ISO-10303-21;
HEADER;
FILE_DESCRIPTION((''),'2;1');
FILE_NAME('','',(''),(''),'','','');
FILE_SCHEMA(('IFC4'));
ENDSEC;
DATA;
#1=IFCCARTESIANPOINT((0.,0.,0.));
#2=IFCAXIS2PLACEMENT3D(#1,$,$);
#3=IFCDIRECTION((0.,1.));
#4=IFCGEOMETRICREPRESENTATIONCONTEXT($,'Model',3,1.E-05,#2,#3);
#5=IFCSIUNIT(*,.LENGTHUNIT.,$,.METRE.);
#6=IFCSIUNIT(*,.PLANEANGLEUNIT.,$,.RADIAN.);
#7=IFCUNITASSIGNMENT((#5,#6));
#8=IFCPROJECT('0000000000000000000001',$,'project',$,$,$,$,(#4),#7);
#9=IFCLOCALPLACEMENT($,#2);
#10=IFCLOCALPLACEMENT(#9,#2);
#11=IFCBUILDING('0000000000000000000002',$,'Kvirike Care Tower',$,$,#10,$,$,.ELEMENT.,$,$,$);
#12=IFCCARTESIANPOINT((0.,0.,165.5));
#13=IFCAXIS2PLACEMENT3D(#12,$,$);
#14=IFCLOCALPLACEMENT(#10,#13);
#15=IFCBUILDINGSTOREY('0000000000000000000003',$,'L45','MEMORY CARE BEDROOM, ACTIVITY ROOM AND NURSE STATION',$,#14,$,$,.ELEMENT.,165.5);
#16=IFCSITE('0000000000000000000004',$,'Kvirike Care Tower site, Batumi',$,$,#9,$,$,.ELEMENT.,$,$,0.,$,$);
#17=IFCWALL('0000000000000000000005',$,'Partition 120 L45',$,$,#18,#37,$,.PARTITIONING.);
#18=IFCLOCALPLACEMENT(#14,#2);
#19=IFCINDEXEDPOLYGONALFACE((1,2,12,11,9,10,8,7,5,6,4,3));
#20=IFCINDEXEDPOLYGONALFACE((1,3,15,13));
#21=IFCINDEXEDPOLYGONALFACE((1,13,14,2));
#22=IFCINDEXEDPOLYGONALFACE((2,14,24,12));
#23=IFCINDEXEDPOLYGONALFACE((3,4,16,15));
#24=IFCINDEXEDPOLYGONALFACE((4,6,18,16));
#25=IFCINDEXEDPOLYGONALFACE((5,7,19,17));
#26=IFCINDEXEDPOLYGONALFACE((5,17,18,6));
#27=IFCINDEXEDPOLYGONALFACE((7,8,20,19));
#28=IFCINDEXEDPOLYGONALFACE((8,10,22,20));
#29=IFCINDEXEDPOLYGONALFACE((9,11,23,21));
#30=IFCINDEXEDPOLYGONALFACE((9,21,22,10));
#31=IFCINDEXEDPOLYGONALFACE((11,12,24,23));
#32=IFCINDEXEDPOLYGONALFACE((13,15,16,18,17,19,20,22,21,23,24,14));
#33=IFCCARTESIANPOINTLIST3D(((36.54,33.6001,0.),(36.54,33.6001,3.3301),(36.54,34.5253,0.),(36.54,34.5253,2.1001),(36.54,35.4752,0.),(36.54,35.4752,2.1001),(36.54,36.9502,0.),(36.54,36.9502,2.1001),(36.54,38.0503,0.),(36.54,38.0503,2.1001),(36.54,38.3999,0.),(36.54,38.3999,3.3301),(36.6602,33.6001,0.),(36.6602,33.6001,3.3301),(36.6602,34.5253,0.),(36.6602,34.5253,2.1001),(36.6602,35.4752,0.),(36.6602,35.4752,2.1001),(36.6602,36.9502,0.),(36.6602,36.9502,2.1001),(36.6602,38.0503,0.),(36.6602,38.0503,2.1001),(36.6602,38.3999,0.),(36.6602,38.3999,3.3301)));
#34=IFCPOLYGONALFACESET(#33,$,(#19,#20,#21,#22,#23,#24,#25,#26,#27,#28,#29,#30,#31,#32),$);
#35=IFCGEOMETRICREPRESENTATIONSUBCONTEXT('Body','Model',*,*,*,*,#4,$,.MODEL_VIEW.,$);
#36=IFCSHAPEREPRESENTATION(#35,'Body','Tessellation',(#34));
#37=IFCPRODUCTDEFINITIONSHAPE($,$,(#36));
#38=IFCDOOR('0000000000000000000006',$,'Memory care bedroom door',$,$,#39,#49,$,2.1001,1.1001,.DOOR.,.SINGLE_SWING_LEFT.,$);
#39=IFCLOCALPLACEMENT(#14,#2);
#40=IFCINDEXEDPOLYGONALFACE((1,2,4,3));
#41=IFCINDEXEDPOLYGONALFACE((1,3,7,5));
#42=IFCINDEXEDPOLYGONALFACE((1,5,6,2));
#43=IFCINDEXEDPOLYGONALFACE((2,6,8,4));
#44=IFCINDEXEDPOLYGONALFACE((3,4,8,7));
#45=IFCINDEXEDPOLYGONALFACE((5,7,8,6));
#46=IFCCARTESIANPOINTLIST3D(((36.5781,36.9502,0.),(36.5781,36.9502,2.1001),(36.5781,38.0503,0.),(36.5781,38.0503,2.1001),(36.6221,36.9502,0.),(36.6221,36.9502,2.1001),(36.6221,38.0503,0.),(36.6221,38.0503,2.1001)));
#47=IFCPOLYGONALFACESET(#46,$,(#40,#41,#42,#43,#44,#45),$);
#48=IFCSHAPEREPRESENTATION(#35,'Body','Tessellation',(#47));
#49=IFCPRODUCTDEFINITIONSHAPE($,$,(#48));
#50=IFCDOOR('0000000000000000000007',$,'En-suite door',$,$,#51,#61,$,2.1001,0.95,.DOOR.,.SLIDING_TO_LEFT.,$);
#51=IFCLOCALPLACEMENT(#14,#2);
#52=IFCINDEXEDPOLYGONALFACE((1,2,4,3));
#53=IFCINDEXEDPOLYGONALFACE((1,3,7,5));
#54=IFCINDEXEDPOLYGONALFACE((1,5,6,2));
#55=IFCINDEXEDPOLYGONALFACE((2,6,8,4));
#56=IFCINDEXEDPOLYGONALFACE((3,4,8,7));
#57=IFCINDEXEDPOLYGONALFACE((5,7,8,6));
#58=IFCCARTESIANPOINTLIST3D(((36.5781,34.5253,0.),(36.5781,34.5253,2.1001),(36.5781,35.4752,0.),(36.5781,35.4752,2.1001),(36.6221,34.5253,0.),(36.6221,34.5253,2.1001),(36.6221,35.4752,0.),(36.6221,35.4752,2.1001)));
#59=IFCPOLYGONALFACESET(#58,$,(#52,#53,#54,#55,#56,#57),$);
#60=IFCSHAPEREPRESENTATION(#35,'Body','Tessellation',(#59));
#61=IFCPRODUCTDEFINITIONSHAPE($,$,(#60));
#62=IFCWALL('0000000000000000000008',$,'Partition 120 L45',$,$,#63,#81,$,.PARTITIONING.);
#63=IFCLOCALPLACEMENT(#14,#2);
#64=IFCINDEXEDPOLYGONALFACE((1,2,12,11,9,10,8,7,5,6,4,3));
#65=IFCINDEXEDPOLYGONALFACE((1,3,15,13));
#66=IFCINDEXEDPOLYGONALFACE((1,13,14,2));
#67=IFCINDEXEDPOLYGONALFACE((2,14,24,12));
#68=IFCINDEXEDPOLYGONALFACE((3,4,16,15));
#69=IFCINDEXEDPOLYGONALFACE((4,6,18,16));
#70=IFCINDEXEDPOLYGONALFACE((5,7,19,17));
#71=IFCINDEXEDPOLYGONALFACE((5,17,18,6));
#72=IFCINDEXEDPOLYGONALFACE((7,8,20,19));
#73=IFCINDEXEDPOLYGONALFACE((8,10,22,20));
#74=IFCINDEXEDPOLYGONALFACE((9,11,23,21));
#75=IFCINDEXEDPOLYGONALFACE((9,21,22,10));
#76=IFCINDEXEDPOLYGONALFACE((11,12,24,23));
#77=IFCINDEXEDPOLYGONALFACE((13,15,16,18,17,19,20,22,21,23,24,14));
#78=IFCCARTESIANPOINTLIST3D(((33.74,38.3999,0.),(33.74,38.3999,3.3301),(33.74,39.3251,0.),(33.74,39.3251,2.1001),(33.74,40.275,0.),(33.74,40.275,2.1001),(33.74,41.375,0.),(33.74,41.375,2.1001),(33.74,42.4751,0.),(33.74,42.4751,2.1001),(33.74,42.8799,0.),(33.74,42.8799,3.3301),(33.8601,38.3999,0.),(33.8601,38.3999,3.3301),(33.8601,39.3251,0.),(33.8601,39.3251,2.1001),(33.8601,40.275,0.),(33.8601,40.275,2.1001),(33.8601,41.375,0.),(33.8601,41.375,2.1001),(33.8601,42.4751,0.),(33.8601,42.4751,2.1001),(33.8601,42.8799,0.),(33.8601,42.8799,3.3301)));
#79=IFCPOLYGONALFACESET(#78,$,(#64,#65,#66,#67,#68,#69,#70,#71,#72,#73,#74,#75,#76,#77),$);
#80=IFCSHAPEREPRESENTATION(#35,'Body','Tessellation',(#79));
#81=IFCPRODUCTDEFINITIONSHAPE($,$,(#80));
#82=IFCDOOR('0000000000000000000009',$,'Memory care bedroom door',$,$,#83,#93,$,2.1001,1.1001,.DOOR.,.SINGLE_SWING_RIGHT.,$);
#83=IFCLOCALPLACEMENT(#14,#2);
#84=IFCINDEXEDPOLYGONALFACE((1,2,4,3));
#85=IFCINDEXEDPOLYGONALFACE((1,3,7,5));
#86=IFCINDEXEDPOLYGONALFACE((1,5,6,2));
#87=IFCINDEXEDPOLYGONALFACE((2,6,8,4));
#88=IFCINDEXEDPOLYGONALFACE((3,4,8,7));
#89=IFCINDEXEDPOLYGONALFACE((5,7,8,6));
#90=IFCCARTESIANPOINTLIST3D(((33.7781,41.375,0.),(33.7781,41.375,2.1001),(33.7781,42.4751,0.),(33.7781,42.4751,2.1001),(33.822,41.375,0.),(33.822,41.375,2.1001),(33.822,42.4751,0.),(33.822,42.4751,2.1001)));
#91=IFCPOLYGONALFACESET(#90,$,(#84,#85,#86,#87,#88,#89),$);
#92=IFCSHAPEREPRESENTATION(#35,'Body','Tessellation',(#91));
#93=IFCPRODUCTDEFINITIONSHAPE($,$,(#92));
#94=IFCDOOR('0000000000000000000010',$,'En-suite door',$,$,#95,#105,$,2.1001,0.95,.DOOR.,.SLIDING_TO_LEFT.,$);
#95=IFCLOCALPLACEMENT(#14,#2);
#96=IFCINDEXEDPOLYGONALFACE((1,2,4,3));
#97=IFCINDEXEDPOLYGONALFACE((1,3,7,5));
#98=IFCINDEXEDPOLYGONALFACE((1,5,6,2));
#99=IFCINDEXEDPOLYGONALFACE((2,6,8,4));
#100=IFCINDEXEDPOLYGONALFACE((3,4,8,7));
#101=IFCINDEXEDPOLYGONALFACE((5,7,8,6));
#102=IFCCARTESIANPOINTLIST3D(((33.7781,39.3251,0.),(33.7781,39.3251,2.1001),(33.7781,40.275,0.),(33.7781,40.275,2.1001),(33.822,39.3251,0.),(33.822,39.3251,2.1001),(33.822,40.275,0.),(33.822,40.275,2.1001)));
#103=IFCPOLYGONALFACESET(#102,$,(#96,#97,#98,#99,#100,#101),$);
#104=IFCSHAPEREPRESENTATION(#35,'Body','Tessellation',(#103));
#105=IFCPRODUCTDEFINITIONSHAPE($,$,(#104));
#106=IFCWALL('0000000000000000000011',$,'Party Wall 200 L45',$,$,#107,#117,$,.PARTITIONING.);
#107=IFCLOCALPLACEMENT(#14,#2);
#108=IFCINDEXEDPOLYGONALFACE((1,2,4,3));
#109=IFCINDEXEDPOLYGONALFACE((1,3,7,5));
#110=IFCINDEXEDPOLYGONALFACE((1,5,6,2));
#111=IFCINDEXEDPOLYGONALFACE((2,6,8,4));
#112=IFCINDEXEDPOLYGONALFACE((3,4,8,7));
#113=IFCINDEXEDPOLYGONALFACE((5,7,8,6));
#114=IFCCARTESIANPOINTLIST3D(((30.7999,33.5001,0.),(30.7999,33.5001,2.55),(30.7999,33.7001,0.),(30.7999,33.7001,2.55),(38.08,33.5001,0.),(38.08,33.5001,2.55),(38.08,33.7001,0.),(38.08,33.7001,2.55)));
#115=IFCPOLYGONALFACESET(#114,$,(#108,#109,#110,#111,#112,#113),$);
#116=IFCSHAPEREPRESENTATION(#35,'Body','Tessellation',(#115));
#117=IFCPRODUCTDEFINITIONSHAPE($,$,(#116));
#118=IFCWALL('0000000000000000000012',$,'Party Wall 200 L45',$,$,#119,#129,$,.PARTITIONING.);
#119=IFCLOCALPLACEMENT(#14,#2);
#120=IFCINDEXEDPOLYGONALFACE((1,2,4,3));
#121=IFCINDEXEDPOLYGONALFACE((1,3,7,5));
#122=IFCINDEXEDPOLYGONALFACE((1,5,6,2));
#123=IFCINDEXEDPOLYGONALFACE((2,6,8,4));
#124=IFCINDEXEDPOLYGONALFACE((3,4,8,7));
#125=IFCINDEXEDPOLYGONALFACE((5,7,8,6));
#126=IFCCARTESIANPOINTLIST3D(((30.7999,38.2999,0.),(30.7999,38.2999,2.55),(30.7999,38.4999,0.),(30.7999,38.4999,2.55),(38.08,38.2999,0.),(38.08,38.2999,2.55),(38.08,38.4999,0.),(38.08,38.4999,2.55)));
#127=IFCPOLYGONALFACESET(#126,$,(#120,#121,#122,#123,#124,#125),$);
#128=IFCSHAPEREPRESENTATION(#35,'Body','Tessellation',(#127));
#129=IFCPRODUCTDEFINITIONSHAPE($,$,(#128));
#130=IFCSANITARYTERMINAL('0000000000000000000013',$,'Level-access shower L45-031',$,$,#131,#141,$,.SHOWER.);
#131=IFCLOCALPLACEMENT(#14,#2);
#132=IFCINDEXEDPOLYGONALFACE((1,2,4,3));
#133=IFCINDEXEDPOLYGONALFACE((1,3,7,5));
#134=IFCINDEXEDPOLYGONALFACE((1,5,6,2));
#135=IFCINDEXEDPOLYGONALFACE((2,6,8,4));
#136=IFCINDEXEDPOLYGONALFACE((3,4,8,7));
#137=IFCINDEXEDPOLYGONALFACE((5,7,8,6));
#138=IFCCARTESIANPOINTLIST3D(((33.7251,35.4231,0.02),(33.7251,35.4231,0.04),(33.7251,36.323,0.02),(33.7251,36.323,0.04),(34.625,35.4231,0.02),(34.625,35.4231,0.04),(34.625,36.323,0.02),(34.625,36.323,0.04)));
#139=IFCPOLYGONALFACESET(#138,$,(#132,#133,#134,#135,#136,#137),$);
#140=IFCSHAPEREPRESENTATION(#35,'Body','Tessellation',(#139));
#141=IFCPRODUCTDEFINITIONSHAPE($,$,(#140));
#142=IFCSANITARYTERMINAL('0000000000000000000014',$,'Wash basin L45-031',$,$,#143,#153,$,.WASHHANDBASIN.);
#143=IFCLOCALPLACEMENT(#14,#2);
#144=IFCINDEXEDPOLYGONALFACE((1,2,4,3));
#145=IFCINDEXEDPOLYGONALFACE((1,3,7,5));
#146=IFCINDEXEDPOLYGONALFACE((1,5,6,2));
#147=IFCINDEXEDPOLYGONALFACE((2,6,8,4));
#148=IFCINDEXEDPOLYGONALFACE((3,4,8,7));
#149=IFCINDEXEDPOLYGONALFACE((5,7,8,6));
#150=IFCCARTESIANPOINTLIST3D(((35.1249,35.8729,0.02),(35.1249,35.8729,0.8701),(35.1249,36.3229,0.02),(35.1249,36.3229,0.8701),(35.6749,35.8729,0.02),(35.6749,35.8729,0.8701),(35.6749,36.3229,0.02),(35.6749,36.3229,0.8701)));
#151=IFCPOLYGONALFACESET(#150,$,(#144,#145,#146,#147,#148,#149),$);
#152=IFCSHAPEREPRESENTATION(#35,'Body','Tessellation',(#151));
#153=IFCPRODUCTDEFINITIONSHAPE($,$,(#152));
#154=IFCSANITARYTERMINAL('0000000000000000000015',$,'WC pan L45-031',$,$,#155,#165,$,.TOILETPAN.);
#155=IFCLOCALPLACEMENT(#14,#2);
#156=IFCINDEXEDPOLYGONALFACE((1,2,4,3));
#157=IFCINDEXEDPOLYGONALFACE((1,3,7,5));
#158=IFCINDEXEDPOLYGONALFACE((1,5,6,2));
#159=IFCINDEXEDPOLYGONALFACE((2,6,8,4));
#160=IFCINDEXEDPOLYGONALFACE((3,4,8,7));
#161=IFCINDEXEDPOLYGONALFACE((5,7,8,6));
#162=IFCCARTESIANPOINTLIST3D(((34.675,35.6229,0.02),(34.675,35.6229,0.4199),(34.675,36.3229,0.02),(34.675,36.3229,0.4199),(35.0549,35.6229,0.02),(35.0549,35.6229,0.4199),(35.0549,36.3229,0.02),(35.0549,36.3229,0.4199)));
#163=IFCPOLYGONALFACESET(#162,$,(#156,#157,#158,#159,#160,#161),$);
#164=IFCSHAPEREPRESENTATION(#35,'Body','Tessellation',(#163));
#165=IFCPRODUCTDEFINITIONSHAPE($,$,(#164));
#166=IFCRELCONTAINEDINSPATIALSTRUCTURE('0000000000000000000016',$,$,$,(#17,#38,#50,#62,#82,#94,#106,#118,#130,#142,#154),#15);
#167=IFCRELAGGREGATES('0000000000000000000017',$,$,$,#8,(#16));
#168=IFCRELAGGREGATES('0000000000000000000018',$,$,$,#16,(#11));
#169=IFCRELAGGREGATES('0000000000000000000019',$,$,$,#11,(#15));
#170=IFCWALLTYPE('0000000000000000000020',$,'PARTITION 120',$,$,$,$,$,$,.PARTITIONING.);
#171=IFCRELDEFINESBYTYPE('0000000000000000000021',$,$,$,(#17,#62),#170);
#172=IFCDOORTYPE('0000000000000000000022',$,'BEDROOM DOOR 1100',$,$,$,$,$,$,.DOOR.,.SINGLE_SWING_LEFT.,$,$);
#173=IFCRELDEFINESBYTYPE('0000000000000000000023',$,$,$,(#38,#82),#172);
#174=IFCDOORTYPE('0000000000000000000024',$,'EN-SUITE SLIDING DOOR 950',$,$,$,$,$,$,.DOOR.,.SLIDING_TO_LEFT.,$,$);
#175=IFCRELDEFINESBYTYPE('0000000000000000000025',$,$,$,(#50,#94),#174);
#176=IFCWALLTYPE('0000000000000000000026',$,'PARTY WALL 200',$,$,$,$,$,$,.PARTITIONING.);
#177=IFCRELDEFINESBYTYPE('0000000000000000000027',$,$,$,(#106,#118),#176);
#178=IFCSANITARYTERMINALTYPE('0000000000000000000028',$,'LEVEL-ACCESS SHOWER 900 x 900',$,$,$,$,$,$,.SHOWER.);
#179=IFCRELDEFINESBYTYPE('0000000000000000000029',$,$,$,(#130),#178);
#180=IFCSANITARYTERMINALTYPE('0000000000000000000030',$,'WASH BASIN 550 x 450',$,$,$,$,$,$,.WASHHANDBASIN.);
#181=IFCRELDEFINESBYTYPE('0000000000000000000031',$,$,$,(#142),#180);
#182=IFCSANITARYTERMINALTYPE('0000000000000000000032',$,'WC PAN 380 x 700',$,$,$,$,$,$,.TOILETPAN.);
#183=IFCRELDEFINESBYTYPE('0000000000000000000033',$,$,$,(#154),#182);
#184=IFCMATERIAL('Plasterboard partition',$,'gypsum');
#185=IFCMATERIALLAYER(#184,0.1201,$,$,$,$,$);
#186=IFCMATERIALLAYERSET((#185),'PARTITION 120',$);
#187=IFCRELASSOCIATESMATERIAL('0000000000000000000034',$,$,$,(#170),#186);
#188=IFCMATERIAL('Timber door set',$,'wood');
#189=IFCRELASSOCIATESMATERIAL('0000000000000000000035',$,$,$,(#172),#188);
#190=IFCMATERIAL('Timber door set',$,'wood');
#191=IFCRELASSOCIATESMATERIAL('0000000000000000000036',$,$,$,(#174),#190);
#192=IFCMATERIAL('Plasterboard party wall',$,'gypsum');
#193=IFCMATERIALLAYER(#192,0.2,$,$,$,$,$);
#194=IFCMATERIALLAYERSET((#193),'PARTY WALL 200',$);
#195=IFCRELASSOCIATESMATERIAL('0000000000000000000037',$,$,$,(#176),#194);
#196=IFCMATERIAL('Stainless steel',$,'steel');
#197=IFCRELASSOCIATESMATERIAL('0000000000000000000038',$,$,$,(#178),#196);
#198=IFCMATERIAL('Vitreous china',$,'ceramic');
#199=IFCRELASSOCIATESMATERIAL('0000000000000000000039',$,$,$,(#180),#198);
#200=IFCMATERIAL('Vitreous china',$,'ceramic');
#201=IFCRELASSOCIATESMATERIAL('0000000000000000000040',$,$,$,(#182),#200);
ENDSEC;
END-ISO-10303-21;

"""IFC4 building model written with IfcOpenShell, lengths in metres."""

from ifc_helpers import new_model, si_unit, direction, frame, frame_2d, origin, origin_2d, place, context, subcontext, project, spatial, rectangle, extrude, material, layer, layer_set, type_object, element, fill, save


model = new_model("IFC4")

# Units and contexts
model_context = context("Model", 3, precision=1e-05, world=origin(), true_north=direction((0.0, 1.0)))
body_context = subcontext(model_context, "Body", "Model", "MODEL_VIEW")
ifc_project = project(units=[si_unit("LENGTHUNIT", "METRE"), si_unit("PLANEANGLEUNIT", "RADIAN")], contexts=[model_context])

# Site, building, storey
site_placement = place(None, origin())
site = spatial("IfcSite", under=ifc_project, at=site_placement, Name="Kvirike Care Tower site, Batumi", CompositionType="ELEMENT", RefElevation=0.0)
building_placement = place(site_placement, origin())
building = spatial("IfcBuilding", under=site, at=building_placement, Name="Kvirike Care Tower", CompositionType="ELEMENT")
storey_placement = place(building_placement, frame((0.0, 0.0, 165.5)))
storey = spatial("IfcBuildingStorey", under=building, at=storey_placement, Name="L45", Description="MEMORY CARE BEDROOM, ACTIVITY ROOM AND NURSE STATION", CompositionType="ELEMENT", Elevation=165.5)

# Walls, openings, doors
ifc_material_1 = material(Name="Plasterboard partition", Category="gypsum")
ifc_layer_1 = layer(ifc_material_1, 0.1201)
ifc_layer_set_1 = layer_set([ifc_layer_1], Name="PARTITION 120")
wall_type_1 = type_object("IfcWallType", Name="PARTITION 120", PredefinedType="PARTITIONING", material=ifc_layer_set_1)
wall_1_placement = place(storey_placement, frame((36.6001, 33.6001, 0.0), z_axis=(0.0, 0.0, 1.0), x_axis=(0.0, 1.0, 0.0)))
wall_1 = element("IfcWall", 1, at=wall_1_placement, inside=storey, type_object=wall_type_1, Name="Partition 120 L45", PredefinedType="PARTITIONING", context=body_context, shape_type="SweptSolid", body=[
    extrude(rectangle(XDim=4.7998, YDim=0.1201, at=frame_2d((2.3999, 0.0))), origin(), (0.0, 0.0, 1.0), 3.3301),
])
opening_1_placement = place(wall_1_placement, frame((3.3501, 0.0, 0.0)))
opening_1 = element("IfcOpeningElement", 2, at=opening_1_placement, cuts=wall_1, PredefinedType="OPENING", context=body_context, shape_type="SweptSolid", body=[
    extrude(rectangle(XDim=1.1001, YDim=2.1001, at=frame_2d((0.55, 1.05))), frame((0.0, 0.0706, 0.0), z_axis=(0.0, -1.0, 0.0), x_axis=(1.0, 0.0, 0.0)), (0.0, 0.0, 1.0), 0.1411),
])
opening_2_placement = place(wall_1_placement, frame((0.925, 0.0, 0.0)))
opening_2 = element("IfcOpeningElement", 3, at=opening_2_placement, cuts=wall_1, PredefinedType="OPENING", context=body_context, shape_type="SweptSolid", body=[
    extrude(rectangle(XDim=0.95, YDim=2.1001, at=frame_2d((0.4751, 1.05))), frame((0.0, 0.0706, 0.0), z_axis=(0.0, -1.0, 0.0), x_axis=(1.0, 0.0, 0.0)), (0.0, 0.0, 1.0), 0.1411),
])
ifc_material_2 = material(Name="Timber door set", Category="wood")
door_type_1 = type_object("IfcDoorType", Name="BEDROOM DOOR 1100", OperationType="SINGLE_SWING_LEFT", PredefinedType="DOOR", material=ifc_material_2)
door_1_placement = place(opening_1_placement, origin())
door_1 = element("IfcDoor", 4, at=door_1_placement, inside=storey, type_object=door_type_1, Name="Memory care bedroom door", OperationType="SINGLE_SWING_LEFT", OverallHeight=2.1001, OverallWidth=1.1001, PredefinedType="DOOR", context=body_context, shape_type="SweptSolid", body=[
    extrude(rectangle(XDim=1.1001, YDim=2.1001, at=frame_2d((0.55, 1.05))), frame((0.0, 0.022, 0.0), z_axis=(0.0, -1.0, 0.0), x_axis=(1.0, 0.0, 0.0)), (0.0, 0.0, 1.0), 0.0439),
])
fill(opening_1, door_1)
ifc_material_3 = material(Name="Timber door set", Category="wood")
door_type_2 = type_object("IfcDoorType", Name="EN-SUITE SLIDING DOOR 950", OperationType="SLIDING_TO_LEFT", PredefinedType="DOOR", material=ifc_material_3)
door_2_placement = place(opening_2_placement, origin())
door_2 = element("IfcDoor", 5, at=door_2_placement, inside=storey, type_object=door_type_2, Name="En-suite door", OperationType="SLIDING_TO_LEFT", OverallHeight=2.1001, OverallWidth=0.95, PredefinedType="DOOR", context=body_context, shape_type="SweptSolid", body=[
    extrude(rectangle(XDim=0.95, YDim=2.1001, at=frame_2d((0.4751, 1.05))), frame((0.0, 0.022, 0.0), z_axis=(0.0, -1.0, 0.0), x_axis=(1.0, 0.0, 0.0)), (0.0, 0.0, 1.0), 0.0439),
])
fill(opening_2, door_2)
wall_2_placement = place(storey_placement, frame((33.8, 38.3999, 0.0), z_axis=(0.0, 0.0, 1.0), x_axis=(0.0, 1.0, 0.0)))
wall_2 = element("IfcWall", 6, at=wall_2_placement, inside=storey, type_object=wall_type_1, Name="Partition 120 L45", PredefinedType="PARTITIONING", context=body_context, shape_type="SweptSolid", body=[
    extrude(rectangle(XDim=4.48, YDim=0.1201, at=frame_2d((2.24, 0.0))), origin(), (0.0, 0.0, 1.0), 3.3301),
])
opening_3_placement = place(wall_2_placement, frame((2.9751, 0.0, 0.0)))
opening_3 = element("IfcOpeningElement", 7, at=opening_3_placement, cuts=wall_2, PredefinedType="OPENING", context=body_context, shape_type="SweptSolid", body=[
    extrude(rectangle(XDim=1.1001, YDim=2.1001, at=frame_2d((0.55, 1.05))), frame((0.0, 0.0706, 0.0), z_axis=(0.0, -1.0, 0.0), x_axis=(1.0, 0.0, 0.0)), (0.0, 0.0, 1.0), 0.1411),
])
opening_4_placement = place(wall_2_placement, frame((0.925, 0.0, 0.0)))
opening_4 = element("IfcOpeningElement", 8, at=opening_4_placement, cuts=wall_2, PredefinedType="OPENING", context=body_context, shape_type="SweptSolid", body=[
    extrude(rectangle(XDim=0.95, YDim=2.1001, at=frame_2d((0.4751, 1.05))), frame((0.0, 0.0706, 0.0), z_axis=(0.0, -1.0, 0.0), x_axis=(1.0, 0.0, 0.0)), (0.0, 0.0, 1.0), 0.1411),
])
door_3_placement = place(opening_3_placement, origin())
door_3 = element("IfcDoor", 9, at=door_3_placement, inside=storey, type_object=door_type_1, Name="Memory care bedroom door", OperationType="SINGLE_SWING_RIGHT", OverallHeight=2.1001, OverallWidth=1.1001, PredefinedType="DOOR", context=body_context, shape_type="SweptSolid", body=[
    extrude(rectangle(XDim=1.1001, YDim=2.1001, at=frame_2d((0.55, 1.05))), frame((0.0, 0.022, 0.0), z_axis=(0.0, -1.0, 0.0), x_axis=(1.0, 0.0, 0.0)), (0.0, 0.0, 1.0), 0.0439),
])
fill(opening_3, door_3)
door_4_placement = place(opening_4_placement, origin())
door_4 = element("IfcDoor", 10, at=door_4_placement, inside=storey, type_object=door_type_2, Name="En-suite door", OperationType="SLIDING_TO_LEFT", OverallHeight=2.1001, OverallWidth=0.95, PredefinedType="DOOR", context=body_context, shape_type="SweptSolid", body=[
    extrude(rectangle(XDim=0.95, YDim=2.1001, at=frame_2d((0.4751, 1.05))), frame((0.0, 0.022, 0.0), z_axis=(0.0, -1.0, 0.0), x_axis=(1.0, 0.0, 0.0)), (0.0, 0.0, 1.0), 0.0439),
])
fill(opening_4, door_4)

# Walls
ifc_material_4 = material(Name="Plasterboard party wall", Category="gypsum")
ifc_layer_2 = layer(ifc_material_4, 0.2)
ifc_layer_set_2 = layer_set([ifc_layer_2], Name="PARTY WALL 200")
wall_type_2 = type_object("IfcWallType", Name="PARTY WALL 200", PredefinedType="PARTITIONING", material=ifc_layer_set_2)
for number, where, z_axis, x_axis, name in (
    (11, (38.0801, 33.6001, 0.0), (0.0, 0.0, 1.0), (-1.0, 0.0, 0.0), "Party Wall 200 L45"),
    (12, (38.0801, 38.3999, 0.0), (0.0, 0.0, 1.0), (-1.0, 0.0, 0.0), "Party Wall 200 L45"),
):
    element("IfcWall", number, at=place(storey_placement, frame(where, z_axis=z_axis, x_axis=x_axis)), inside=storey, type_object=wall_type_2, Name=name, PredefinedType="PARTITIONING", context=body_context, shape_type="SweptSolid", body=[
        extrude(rectangle(XDim=7.28, YDim=0.2, at=frame_2d((3.6401, 0.0))), origin(), (0.0, 0.0, 1.0), 2.55),
    ])

# Sanitary terminals
ifc_material_5 = material(Name="Stainless steel", Category="steel")
sanitary_terminal_type_1 = type_object("IfcSanitaryTerminalType", Name="LEVEL-ACCESS SHOWER 900 x 900", PredefinedType="SHOWER", material=ifc_material_5)
sanitary_terminal_1_placement = place(storey_placement, frame((34.175, 35.873, 0.02), z_axis=(0.0, 0.0, 1.0), x_axis=(1.0, 0.0, 0.0)))
element("IfcSanitaryTerminal", 13, at=sanitary_terminal_1_placement, inside=storey, type_object=sanitary_terminal_type_1, Name="Level-access shower L45-031", PredefinedType="SHOWER", context=body_context, shape_type="SweptSolid", body=[
    extrude(rectangle(XDim=0.8999, YDim=0.8999, at=origin_2d()), origin(), (0.0, 0.0, 1.0), 0.02),
])
ifc_material_6 = material(Name="Vitreous china", Category="ceramic")
sanitary_terminal_type_2 = type_object("IfcSanitaryTerminalType", Name="WASH BASIN 550 x 450", PredefinedType="WASHHANDBASIN", material=ifc_material_6)
sanitary_terminal_2_placement = place(storey_placement, frame((35.3999, 36.0979, 0.02), z_axis=(0.0, 0.0, 1.0), x_axis=(1.0, 0.0, 0.0)))
element("IfcSanitaryTerminal", 14, at=sanitary_terminal_2_placement, inside=storey, type_object=sanitary_terminal_type_2, Name="Wash basin L45-031", PredefinedType="WASHHANDBASIN", context=body_context, shape_type="SweptSolid", body=[
    extrude(rectangle(XDim=0.55, YDim=0.45, at=origin_2d()), origin(), (0.0, 0.0, 1.0), 0.8501),
])
ifc_material_7 = material(Name="Vitreous china", Category="ceramic")
sanitary_terminal_type_3 = type_object("IfcSanitaryTerminalType", Name="WC PAN 380 x 700", PredefinedType="TOILETPAN", material=ifc_material_7)
sanitary_terminal_3_placement = place(storey_placement, frame((34.865, 35.9729, 0.02), z_axis=(0.0, 0.0, 1.0), x_axis=(1.0, 0.0, 0.0)))
element("IfcSanitaryTerminal", 15, at=sanitary_terminal_3_placement, inside=storey, type_object=sanitary_terminal_type_3, Name="WC pan L45-031", PredefinedType="TOILETPAN", context=body_context, shape_type="SweptSolid", body=[
    extrude(rectangle(XDim=0.3799, YDim=0.7, at=origin_2d()), origin(), (0.0, 0.0, 1.0), 0.3999),
])

save(model, "model.ifc")
